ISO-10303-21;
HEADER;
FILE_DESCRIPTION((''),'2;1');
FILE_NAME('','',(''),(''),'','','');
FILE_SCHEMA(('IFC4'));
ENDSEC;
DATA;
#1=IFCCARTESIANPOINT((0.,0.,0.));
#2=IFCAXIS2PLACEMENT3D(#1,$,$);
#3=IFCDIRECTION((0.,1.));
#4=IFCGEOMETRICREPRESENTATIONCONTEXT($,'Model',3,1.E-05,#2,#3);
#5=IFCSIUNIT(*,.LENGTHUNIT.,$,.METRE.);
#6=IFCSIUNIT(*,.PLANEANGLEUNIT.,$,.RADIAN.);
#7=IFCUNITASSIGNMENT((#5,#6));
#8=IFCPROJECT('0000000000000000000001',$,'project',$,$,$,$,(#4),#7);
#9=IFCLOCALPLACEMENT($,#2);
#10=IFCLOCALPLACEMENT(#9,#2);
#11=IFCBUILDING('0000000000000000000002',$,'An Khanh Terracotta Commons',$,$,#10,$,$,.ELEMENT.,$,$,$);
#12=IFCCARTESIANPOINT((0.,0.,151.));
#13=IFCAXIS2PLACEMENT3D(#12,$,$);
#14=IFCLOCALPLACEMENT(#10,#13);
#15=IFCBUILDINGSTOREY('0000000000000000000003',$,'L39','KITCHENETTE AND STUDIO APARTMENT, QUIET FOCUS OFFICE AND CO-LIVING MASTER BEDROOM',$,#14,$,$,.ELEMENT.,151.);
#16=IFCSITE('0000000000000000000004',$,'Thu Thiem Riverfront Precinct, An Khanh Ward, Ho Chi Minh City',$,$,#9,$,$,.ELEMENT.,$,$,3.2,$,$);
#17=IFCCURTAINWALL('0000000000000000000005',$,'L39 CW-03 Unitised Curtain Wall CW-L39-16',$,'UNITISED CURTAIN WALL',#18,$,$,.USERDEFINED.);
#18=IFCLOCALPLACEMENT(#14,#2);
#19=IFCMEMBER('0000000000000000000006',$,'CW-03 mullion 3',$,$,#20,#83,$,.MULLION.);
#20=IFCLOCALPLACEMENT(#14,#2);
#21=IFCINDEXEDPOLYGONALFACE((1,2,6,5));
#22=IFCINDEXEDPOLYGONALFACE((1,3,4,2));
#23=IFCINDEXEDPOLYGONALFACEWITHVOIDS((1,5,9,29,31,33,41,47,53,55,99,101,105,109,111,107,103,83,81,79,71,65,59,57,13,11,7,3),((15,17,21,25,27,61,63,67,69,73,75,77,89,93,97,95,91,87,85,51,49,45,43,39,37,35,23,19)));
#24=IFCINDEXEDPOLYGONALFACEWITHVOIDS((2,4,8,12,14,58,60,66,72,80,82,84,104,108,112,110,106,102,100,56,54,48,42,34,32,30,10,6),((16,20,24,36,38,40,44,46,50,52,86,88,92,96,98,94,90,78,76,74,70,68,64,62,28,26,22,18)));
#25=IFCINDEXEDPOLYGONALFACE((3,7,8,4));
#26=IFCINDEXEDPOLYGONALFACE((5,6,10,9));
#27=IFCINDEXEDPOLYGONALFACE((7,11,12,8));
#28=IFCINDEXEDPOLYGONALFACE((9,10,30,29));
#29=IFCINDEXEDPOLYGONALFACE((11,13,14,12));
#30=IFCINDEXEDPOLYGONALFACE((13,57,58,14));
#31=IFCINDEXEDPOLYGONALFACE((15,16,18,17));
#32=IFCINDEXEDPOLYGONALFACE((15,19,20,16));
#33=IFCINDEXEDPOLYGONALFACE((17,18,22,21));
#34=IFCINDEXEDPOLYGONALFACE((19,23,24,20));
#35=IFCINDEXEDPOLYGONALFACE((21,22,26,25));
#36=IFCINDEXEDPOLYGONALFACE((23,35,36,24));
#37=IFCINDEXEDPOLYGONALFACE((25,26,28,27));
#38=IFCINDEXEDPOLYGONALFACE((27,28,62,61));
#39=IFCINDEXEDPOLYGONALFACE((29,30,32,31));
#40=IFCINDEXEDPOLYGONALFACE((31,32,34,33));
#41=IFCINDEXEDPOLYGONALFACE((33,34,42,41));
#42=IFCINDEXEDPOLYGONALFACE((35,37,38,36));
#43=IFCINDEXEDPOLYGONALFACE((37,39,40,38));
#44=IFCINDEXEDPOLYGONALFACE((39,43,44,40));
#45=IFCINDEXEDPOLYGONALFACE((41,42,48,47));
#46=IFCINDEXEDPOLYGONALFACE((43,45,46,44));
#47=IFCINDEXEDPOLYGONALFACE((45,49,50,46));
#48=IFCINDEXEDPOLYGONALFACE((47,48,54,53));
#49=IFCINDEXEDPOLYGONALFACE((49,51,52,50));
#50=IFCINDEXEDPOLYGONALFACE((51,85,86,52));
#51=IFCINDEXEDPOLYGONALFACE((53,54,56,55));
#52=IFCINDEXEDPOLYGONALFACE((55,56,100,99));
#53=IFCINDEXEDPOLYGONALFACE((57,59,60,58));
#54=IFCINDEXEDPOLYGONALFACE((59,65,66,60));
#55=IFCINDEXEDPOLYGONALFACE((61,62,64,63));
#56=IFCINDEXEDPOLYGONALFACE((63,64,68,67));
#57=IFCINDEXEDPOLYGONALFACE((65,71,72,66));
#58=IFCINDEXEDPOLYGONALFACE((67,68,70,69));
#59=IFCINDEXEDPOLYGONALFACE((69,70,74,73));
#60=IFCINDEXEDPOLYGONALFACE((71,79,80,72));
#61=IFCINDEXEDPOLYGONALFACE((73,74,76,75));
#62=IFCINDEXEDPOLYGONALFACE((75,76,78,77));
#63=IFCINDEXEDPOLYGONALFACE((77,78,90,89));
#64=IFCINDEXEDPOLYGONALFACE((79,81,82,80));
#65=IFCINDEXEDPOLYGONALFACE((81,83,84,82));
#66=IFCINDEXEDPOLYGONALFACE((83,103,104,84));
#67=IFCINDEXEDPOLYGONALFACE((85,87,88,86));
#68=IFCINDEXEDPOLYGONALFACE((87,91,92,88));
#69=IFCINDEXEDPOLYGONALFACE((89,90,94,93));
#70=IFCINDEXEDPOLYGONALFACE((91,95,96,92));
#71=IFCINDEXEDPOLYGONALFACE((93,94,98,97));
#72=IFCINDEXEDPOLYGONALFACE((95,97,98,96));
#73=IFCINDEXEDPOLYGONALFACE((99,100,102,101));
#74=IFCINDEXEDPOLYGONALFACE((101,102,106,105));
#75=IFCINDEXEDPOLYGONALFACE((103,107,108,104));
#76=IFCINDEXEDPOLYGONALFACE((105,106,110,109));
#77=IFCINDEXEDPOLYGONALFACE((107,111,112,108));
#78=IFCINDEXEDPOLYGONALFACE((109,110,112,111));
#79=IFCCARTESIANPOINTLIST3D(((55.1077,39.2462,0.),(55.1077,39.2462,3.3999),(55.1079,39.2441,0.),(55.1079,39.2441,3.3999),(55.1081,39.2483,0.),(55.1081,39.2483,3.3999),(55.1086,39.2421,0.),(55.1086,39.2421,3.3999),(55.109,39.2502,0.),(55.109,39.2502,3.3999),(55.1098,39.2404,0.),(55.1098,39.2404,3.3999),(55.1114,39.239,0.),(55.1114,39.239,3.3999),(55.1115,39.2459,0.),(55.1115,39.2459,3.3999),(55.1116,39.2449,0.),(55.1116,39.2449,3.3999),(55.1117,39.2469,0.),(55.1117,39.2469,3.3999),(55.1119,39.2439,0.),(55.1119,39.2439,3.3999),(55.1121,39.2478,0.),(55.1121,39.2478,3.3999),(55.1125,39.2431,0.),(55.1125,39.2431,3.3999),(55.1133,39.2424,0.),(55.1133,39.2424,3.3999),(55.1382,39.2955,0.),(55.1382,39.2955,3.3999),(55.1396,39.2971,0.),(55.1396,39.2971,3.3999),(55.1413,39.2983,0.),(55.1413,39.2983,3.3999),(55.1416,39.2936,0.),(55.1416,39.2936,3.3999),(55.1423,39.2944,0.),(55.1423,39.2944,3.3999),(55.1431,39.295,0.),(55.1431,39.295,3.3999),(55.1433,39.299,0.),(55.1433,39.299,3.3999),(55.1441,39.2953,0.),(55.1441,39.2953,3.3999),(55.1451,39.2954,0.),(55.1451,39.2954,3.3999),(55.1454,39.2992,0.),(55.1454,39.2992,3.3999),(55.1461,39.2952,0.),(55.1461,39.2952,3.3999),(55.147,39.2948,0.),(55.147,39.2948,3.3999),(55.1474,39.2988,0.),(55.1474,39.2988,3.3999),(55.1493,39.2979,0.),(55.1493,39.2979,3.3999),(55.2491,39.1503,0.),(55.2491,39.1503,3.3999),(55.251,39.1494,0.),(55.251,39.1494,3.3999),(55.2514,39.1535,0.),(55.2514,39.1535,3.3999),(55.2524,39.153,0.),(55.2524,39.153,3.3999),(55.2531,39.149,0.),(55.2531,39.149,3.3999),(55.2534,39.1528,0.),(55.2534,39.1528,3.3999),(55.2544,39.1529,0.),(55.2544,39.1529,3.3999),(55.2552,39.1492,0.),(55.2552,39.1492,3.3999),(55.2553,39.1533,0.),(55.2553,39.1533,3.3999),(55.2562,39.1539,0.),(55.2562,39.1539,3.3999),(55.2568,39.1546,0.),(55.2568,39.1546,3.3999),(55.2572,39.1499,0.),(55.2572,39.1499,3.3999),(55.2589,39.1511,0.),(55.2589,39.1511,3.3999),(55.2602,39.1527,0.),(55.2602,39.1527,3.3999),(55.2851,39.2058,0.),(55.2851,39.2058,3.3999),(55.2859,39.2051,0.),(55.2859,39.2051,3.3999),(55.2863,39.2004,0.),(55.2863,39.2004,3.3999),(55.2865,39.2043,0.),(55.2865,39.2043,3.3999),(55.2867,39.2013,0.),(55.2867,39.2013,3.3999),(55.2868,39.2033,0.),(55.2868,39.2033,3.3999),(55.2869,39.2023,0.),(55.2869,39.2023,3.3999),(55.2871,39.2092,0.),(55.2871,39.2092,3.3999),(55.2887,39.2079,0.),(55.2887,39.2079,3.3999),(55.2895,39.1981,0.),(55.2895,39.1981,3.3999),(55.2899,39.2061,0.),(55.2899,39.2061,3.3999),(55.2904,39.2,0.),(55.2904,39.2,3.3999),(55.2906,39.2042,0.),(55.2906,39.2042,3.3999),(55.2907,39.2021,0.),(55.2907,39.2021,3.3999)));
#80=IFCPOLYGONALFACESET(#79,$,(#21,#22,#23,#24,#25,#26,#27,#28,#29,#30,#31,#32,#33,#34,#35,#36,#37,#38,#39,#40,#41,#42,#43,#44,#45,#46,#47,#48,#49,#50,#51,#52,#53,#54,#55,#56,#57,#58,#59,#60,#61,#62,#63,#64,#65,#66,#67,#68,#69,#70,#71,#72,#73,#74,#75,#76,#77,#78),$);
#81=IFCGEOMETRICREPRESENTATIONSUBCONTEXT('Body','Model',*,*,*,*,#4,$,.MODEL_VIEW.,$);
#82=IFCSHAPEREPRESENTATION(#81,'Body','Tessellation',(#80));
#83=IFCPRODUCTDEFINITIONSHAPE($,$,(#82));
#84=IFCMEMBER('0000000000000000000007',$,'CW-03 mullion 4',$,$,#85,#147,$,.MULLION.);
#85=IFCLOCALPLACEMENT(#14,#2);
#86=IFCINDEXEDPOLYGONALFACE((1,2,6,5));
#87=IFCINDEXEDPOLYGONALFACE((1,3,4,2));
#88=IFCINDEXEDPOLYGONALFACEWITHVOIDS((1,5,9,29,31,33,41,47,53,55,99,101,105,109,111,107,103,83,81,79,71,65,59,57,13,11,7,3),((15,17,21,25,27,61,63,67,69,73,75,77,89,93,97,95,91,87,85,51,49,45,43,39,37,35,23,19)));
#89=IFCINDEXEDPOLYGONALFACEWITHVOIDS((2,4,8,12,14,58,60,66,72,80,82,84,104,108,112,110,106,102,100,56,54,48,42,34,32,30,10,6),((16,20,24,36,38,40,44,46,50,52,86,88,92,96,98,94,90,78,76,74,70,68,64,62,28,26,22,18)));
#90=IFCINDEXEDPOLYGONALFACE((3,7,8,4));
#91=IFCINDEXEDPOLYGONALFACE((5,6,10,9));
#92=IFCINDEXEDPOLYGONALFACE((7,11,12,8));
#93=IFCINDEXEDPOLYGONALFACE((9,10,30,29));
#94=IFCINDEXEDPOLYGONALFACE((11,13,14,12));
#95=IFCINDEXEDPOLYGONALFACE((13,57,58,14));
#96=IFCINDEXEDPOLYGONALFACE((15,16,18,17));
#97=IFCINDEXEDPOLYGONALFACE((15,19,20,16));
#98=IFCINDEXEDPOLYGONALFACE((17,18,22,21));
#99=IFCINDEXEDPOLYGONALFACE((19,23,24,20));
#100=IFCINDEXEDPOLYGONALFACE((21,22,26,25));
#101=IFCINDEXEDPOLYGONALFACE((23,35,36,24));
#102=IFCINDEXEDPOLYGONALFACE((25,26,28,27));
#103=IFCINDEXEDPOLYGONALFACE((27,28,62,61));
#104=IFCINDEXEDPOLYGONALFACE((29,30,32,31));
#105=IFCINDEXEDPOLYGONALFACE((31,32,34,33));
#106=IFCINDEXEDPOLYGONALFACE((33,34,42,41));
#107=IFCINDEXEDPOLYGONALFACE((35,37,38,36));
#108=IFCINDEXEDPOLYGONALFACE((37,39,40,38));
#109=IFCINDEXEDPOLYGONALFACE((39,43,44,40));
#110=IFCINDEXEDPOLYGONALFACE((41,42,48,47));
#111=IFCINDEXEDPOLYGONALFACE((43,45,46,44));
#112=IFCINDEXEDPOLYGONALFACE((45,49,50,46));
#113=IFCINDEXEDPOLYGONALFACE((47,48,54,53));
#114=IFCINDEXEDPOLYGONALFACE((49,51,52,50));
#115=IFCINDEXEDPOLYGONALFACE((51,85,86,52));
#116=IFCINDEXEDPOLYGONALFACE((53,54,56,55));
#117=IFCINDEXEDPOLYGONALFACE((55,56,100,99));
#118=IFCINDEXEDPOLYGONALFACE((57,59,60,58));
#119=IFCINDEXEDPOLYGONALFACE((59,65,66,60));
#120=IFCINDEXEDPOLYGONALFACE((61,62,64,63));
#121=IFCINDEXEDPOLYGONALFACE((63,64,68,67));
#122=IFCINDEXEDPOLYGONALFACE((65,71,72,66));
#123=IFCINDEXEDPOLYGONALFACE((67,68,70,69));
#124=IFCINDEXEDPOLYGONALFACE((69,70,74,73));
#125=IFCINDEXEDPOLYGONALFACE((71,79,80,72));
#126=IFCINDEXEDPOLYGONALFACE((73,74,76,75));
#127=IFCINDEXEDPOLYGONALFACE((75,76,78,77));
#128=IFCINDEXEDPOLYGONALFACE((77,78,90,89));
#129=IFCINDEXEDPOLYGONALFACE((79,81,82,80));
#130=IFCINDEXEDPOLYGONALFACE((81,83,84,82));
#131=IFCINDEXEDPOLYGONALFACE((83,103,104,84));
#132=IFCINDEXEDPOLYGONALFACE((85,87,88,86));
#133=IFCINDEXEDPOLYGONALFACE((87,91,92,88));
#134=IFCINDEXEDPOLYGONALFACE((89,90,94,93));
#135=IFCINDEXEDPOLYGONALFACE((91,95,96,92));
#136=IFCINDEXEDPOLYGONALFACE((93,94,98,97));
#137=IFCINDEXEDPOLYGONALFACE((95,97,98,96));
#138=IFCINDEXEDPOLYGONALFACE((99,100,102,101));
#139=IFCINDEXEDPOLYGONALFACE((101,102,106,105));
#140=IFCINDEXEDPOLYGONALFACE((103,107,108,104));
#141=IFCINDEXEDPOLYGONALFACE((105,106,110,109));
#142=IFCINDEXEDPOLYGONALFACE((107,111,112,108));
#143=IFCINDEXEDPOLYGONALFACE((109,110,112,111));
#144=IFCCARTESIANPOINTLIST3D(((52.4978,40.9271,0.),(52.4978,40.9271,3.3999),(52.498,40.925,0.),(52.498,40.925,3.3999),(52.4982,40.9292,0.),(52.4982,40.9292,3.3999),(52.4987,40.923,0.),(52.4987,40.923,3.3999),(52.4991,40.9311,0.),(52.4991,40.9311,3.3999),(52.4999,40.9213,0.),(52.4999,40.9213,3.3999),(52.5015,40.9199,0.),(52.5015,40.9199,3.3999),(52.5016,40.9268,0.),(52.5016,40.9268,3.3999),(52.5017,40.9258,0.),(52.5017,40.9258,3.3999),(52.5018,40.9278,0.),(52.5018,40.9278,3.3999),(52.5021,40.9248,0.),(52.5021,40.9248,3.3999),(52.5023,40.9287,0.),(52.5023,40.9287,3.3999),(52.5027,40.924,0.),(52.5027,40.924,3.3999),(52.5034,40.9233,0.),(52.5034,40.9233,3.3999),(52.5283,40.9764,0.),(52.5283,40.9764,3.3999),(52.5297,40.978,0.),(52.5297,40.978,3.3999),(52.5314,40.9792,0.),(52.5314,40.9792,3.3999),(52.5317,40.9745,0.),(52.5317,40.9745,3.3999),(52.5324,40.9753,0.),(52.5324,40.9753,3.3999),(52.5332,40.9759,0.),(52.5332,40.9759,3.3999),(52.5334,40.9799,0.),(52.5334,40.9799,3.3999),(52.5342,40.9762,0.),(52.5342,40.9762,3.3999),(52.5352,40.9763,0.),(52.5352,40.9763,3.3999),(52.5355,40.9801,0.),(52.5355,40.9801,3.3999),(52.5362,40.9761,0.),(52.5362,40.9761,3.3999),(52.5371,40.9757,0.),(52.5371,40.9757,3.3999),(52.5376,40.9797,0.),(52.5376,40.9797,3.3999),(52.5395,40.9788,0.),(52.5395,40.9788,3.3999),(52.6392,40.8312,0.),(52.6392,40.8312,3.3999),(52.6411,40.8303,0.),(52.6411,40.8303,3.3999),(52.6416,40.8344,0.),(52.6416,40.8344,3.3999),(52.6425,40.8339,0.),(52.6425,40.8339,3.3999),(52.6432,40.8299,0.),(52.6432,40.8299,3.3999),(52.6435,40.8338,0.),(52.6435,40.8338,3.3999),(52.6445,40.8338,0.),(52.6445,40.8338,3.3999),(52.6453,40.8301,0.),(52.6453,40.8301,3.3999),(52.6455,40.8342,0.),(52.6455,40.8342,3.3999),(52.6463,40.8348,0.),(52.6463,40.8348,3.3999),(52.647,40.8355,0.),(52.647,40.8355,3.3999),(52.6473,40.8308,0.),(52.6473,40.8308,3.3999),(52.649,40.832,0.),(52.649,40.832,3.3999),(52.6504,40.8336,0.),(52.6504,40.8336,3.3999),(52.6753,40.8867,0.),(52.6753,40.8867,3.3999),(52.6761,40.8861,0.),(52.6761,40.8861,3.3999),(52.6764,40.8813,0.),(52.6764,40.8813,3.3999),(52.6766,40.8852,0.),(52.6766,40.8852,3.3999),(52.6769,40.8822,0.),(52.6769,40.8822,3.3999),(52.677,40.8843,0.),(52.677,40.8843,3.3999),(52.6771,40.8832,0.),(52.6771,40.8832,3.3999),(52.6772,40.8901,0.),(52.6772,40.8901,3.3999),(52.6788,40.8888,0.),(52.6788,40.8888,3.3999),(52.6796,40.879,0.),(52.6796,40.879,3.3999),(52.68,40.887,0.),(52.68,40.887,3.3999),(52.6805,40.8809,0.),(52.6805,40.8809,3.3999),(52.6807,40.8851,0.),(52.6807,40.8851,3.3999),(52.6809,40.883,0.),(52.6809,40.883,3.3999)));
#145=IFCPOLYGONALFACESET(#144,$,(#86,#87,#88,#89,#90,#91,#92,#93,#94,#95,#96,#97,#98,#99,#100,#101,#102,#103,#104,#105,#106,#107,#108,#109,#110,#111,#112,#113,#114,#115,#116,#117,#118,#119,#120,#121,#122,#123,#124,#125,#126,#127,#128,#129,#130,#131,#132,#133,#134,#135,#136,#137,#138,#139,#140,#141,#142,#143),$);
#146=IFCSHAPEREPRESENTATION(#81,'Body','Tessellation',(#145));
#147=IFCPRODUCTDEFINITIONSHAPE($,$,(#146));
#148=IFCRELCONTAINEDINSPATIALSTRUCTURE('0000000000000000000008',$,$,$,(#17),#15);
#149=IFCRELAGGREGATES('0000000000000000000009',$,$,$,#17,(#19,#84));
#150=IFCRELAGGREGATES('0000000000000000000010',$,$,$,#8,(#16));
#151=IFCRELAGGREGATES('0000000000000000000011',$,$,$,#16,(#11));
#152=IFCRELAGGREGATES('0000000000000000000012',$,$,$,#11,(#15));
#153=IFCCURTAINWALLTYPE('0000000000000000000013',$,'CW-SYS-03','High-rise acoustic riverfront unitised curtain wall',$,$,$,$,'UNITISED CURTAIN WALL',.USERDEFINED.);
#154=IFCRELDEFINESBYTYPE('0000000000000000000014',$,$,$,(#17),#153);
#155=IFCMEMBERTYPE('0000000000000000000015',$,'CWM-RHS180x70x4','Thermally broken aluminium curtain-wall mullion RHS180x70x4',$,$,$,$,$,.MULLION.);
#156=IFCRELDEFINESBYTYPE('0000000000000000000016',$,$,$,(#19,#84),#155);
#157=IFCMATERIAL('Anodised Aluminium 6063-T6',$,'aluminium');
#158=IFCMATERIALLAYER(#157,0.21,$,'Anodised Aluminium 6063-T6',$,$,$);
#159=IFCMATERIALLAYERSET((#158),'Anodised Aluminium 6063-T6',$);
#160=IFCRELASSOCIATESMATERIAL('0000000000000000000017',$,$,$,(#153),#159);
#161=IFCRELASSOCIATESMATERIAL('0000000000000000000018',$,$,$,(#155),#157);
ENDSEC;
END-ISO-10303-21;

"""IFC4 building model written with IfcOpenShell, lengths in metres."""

from ifc_helpers import new_model, si_unit, direction, frame, origin, origin_2d, place, context, subcontext, project, spatial, hollow_rectangle, extrude, material, layer, layer_set, material_profile, profile_set, type_object, element, aggregate, save


model = new_model("IFC4")

# Units and contexts
model_context = context("Model", 3, precision=1e-05, world=origin(), true_north=direction((0.0, 1.0)))
body_context = subcontext(model_context, "Body", "Model", "MODEL_VIEW")
ifc_project = project(units=[si_unit("LENGTHUNIT", "METRE"), si_unit("PLANEANGLEUNIT", "RADIAN")], contexts=[model_context])

# Site, building, storey
site_placement = place(None, origin())
site = spatial("IfcSite", under=ifc_project, at=site_placement, Name="Thu Thiem Riverfront Precinct, An Khanh Ward, Ho Chi Minh City", CompositionType="ELEMENT", RefElevation=3.2)
building_placement = place(site_placement, origin())
building = spatial("IfcBuilding", under=site, at=building_placement, Name="An Khanh Terracotta Commons", CompositionType="ELEMENT")
storey_placement = place(building_placement, frame((0.0, 0.0, 151.0)))
storey = spatial("IfcBuildingStorey", under=building, at=storey_placement, Name="L39", Description="KITCHENETTE AND STUDIO APARTMENT, QUIET FOCUS OFFICE AND CO-LIVING MASTER BEDROOM", CompositionType="ELEMENT", Elevation=151.0)

# Curtain wall, members
ifc_material_1 = material(Name="Anodised Aluminium 6063-T6", Category="aluminium")
ifc_layer_1 = layer(ifc_material_1, 0.21, Name="Anodised Aluminium 6063-T6")
ifc_layer_set_1 = layer_set([ifc_layer_1], Name="Anodised Aluminium 6063-T6")
curtain_wall_type = type_object("IfcCurtainWallType", Name="CW-SYS-03", Description="High-rise acoustic riverfront unitised curtain wall", ElementType="UNITISED CURTAIN WALL", PredefinedType="USERDEFINED", material=ifc_layer_set_1)
curtain_wall_placement = place(storey_placement, origin())
curtain_wall = element("IfcCurtainWall", 1, at=curtain_wall_placement, inside=storey, type_object=curtain_wall_type, Name="L39 CW-03 Unitised Curtain Wall CW-L39-16", ObjectType="UNITISED CURTAIN WALL", PredefinedType="USERDEFINED")
ifc_material_profile_1 = material_profile(ifc_material_1, hollow_rectangle(XDim=0.0701, YDim=0.1799, WallThickness=0.0039, InnerFilletRadius=0.0039, OuterFilletRadius=0.0081, at=origin_2d()), Name="RHS180x70x4")
ifc_profile_set_1 = profile_set([ifc_material_profile_1], Name="Anodised Aluminium 6063-T6")
member_type_1 = type_object("IfcMemberType", Name="CWM-RHS180x70x4", Description="Thermally broken aluminium curtain-wall mullion RHS180x70x4", PredefinedType="MULLION", material=ifc_profile_set_1)
member_1_placement = place(storey_placement, frame((55.1992, 39.2241, 0.0), z_axis=(0.0, 0.0, 1.0), x_axis=(-0.541498, -0.840702, 0.0)))
member_1 = element("IfcMember", 2, at=member_1_placement, type_object=member_type_1, Name="CW-03 mullion 3", PredefinedType="MULLION", context=body_context, shape_type="SweptSolid", body=[
    extrude(hollow_rectangle(XDim=0.0701, YDim=0.1799, WallThickness=0.0039, InnerFilletRadius=0.0039, OuterFilletRadius=0.0081, at=origin_2d()), origin(), (0.0, 0.0, 1.0), 3.3999),
])
member_2_placement = place(storey_placement, frame((52.5894, 40.905, 0.0), z_axis=(0.0, 0.0, 1.0), x_axis=(-0.541498, -0.840702, 0.0)))
member_2 = element("IfcMember", 3, at=member_2_placement, type_object=member_type_1, Name="CW-03 mullion 4", PredefinedType="MULLION", context=body_context, shape_type="SweptSolid", body=[
    extrude(hollow_rectangle(XDim=0.0701, YDim=0.1799, WallThickness=0.0039, InnerFilletRadius=0.0039, OuterFilletRadius=0.0081, at=origin_2d()), origin(), (0.0, 0.0, 1.0), 3.3999),
])
aggregate(curtain_wall, [member_1, member_2])

save(model, "model.ifc")
